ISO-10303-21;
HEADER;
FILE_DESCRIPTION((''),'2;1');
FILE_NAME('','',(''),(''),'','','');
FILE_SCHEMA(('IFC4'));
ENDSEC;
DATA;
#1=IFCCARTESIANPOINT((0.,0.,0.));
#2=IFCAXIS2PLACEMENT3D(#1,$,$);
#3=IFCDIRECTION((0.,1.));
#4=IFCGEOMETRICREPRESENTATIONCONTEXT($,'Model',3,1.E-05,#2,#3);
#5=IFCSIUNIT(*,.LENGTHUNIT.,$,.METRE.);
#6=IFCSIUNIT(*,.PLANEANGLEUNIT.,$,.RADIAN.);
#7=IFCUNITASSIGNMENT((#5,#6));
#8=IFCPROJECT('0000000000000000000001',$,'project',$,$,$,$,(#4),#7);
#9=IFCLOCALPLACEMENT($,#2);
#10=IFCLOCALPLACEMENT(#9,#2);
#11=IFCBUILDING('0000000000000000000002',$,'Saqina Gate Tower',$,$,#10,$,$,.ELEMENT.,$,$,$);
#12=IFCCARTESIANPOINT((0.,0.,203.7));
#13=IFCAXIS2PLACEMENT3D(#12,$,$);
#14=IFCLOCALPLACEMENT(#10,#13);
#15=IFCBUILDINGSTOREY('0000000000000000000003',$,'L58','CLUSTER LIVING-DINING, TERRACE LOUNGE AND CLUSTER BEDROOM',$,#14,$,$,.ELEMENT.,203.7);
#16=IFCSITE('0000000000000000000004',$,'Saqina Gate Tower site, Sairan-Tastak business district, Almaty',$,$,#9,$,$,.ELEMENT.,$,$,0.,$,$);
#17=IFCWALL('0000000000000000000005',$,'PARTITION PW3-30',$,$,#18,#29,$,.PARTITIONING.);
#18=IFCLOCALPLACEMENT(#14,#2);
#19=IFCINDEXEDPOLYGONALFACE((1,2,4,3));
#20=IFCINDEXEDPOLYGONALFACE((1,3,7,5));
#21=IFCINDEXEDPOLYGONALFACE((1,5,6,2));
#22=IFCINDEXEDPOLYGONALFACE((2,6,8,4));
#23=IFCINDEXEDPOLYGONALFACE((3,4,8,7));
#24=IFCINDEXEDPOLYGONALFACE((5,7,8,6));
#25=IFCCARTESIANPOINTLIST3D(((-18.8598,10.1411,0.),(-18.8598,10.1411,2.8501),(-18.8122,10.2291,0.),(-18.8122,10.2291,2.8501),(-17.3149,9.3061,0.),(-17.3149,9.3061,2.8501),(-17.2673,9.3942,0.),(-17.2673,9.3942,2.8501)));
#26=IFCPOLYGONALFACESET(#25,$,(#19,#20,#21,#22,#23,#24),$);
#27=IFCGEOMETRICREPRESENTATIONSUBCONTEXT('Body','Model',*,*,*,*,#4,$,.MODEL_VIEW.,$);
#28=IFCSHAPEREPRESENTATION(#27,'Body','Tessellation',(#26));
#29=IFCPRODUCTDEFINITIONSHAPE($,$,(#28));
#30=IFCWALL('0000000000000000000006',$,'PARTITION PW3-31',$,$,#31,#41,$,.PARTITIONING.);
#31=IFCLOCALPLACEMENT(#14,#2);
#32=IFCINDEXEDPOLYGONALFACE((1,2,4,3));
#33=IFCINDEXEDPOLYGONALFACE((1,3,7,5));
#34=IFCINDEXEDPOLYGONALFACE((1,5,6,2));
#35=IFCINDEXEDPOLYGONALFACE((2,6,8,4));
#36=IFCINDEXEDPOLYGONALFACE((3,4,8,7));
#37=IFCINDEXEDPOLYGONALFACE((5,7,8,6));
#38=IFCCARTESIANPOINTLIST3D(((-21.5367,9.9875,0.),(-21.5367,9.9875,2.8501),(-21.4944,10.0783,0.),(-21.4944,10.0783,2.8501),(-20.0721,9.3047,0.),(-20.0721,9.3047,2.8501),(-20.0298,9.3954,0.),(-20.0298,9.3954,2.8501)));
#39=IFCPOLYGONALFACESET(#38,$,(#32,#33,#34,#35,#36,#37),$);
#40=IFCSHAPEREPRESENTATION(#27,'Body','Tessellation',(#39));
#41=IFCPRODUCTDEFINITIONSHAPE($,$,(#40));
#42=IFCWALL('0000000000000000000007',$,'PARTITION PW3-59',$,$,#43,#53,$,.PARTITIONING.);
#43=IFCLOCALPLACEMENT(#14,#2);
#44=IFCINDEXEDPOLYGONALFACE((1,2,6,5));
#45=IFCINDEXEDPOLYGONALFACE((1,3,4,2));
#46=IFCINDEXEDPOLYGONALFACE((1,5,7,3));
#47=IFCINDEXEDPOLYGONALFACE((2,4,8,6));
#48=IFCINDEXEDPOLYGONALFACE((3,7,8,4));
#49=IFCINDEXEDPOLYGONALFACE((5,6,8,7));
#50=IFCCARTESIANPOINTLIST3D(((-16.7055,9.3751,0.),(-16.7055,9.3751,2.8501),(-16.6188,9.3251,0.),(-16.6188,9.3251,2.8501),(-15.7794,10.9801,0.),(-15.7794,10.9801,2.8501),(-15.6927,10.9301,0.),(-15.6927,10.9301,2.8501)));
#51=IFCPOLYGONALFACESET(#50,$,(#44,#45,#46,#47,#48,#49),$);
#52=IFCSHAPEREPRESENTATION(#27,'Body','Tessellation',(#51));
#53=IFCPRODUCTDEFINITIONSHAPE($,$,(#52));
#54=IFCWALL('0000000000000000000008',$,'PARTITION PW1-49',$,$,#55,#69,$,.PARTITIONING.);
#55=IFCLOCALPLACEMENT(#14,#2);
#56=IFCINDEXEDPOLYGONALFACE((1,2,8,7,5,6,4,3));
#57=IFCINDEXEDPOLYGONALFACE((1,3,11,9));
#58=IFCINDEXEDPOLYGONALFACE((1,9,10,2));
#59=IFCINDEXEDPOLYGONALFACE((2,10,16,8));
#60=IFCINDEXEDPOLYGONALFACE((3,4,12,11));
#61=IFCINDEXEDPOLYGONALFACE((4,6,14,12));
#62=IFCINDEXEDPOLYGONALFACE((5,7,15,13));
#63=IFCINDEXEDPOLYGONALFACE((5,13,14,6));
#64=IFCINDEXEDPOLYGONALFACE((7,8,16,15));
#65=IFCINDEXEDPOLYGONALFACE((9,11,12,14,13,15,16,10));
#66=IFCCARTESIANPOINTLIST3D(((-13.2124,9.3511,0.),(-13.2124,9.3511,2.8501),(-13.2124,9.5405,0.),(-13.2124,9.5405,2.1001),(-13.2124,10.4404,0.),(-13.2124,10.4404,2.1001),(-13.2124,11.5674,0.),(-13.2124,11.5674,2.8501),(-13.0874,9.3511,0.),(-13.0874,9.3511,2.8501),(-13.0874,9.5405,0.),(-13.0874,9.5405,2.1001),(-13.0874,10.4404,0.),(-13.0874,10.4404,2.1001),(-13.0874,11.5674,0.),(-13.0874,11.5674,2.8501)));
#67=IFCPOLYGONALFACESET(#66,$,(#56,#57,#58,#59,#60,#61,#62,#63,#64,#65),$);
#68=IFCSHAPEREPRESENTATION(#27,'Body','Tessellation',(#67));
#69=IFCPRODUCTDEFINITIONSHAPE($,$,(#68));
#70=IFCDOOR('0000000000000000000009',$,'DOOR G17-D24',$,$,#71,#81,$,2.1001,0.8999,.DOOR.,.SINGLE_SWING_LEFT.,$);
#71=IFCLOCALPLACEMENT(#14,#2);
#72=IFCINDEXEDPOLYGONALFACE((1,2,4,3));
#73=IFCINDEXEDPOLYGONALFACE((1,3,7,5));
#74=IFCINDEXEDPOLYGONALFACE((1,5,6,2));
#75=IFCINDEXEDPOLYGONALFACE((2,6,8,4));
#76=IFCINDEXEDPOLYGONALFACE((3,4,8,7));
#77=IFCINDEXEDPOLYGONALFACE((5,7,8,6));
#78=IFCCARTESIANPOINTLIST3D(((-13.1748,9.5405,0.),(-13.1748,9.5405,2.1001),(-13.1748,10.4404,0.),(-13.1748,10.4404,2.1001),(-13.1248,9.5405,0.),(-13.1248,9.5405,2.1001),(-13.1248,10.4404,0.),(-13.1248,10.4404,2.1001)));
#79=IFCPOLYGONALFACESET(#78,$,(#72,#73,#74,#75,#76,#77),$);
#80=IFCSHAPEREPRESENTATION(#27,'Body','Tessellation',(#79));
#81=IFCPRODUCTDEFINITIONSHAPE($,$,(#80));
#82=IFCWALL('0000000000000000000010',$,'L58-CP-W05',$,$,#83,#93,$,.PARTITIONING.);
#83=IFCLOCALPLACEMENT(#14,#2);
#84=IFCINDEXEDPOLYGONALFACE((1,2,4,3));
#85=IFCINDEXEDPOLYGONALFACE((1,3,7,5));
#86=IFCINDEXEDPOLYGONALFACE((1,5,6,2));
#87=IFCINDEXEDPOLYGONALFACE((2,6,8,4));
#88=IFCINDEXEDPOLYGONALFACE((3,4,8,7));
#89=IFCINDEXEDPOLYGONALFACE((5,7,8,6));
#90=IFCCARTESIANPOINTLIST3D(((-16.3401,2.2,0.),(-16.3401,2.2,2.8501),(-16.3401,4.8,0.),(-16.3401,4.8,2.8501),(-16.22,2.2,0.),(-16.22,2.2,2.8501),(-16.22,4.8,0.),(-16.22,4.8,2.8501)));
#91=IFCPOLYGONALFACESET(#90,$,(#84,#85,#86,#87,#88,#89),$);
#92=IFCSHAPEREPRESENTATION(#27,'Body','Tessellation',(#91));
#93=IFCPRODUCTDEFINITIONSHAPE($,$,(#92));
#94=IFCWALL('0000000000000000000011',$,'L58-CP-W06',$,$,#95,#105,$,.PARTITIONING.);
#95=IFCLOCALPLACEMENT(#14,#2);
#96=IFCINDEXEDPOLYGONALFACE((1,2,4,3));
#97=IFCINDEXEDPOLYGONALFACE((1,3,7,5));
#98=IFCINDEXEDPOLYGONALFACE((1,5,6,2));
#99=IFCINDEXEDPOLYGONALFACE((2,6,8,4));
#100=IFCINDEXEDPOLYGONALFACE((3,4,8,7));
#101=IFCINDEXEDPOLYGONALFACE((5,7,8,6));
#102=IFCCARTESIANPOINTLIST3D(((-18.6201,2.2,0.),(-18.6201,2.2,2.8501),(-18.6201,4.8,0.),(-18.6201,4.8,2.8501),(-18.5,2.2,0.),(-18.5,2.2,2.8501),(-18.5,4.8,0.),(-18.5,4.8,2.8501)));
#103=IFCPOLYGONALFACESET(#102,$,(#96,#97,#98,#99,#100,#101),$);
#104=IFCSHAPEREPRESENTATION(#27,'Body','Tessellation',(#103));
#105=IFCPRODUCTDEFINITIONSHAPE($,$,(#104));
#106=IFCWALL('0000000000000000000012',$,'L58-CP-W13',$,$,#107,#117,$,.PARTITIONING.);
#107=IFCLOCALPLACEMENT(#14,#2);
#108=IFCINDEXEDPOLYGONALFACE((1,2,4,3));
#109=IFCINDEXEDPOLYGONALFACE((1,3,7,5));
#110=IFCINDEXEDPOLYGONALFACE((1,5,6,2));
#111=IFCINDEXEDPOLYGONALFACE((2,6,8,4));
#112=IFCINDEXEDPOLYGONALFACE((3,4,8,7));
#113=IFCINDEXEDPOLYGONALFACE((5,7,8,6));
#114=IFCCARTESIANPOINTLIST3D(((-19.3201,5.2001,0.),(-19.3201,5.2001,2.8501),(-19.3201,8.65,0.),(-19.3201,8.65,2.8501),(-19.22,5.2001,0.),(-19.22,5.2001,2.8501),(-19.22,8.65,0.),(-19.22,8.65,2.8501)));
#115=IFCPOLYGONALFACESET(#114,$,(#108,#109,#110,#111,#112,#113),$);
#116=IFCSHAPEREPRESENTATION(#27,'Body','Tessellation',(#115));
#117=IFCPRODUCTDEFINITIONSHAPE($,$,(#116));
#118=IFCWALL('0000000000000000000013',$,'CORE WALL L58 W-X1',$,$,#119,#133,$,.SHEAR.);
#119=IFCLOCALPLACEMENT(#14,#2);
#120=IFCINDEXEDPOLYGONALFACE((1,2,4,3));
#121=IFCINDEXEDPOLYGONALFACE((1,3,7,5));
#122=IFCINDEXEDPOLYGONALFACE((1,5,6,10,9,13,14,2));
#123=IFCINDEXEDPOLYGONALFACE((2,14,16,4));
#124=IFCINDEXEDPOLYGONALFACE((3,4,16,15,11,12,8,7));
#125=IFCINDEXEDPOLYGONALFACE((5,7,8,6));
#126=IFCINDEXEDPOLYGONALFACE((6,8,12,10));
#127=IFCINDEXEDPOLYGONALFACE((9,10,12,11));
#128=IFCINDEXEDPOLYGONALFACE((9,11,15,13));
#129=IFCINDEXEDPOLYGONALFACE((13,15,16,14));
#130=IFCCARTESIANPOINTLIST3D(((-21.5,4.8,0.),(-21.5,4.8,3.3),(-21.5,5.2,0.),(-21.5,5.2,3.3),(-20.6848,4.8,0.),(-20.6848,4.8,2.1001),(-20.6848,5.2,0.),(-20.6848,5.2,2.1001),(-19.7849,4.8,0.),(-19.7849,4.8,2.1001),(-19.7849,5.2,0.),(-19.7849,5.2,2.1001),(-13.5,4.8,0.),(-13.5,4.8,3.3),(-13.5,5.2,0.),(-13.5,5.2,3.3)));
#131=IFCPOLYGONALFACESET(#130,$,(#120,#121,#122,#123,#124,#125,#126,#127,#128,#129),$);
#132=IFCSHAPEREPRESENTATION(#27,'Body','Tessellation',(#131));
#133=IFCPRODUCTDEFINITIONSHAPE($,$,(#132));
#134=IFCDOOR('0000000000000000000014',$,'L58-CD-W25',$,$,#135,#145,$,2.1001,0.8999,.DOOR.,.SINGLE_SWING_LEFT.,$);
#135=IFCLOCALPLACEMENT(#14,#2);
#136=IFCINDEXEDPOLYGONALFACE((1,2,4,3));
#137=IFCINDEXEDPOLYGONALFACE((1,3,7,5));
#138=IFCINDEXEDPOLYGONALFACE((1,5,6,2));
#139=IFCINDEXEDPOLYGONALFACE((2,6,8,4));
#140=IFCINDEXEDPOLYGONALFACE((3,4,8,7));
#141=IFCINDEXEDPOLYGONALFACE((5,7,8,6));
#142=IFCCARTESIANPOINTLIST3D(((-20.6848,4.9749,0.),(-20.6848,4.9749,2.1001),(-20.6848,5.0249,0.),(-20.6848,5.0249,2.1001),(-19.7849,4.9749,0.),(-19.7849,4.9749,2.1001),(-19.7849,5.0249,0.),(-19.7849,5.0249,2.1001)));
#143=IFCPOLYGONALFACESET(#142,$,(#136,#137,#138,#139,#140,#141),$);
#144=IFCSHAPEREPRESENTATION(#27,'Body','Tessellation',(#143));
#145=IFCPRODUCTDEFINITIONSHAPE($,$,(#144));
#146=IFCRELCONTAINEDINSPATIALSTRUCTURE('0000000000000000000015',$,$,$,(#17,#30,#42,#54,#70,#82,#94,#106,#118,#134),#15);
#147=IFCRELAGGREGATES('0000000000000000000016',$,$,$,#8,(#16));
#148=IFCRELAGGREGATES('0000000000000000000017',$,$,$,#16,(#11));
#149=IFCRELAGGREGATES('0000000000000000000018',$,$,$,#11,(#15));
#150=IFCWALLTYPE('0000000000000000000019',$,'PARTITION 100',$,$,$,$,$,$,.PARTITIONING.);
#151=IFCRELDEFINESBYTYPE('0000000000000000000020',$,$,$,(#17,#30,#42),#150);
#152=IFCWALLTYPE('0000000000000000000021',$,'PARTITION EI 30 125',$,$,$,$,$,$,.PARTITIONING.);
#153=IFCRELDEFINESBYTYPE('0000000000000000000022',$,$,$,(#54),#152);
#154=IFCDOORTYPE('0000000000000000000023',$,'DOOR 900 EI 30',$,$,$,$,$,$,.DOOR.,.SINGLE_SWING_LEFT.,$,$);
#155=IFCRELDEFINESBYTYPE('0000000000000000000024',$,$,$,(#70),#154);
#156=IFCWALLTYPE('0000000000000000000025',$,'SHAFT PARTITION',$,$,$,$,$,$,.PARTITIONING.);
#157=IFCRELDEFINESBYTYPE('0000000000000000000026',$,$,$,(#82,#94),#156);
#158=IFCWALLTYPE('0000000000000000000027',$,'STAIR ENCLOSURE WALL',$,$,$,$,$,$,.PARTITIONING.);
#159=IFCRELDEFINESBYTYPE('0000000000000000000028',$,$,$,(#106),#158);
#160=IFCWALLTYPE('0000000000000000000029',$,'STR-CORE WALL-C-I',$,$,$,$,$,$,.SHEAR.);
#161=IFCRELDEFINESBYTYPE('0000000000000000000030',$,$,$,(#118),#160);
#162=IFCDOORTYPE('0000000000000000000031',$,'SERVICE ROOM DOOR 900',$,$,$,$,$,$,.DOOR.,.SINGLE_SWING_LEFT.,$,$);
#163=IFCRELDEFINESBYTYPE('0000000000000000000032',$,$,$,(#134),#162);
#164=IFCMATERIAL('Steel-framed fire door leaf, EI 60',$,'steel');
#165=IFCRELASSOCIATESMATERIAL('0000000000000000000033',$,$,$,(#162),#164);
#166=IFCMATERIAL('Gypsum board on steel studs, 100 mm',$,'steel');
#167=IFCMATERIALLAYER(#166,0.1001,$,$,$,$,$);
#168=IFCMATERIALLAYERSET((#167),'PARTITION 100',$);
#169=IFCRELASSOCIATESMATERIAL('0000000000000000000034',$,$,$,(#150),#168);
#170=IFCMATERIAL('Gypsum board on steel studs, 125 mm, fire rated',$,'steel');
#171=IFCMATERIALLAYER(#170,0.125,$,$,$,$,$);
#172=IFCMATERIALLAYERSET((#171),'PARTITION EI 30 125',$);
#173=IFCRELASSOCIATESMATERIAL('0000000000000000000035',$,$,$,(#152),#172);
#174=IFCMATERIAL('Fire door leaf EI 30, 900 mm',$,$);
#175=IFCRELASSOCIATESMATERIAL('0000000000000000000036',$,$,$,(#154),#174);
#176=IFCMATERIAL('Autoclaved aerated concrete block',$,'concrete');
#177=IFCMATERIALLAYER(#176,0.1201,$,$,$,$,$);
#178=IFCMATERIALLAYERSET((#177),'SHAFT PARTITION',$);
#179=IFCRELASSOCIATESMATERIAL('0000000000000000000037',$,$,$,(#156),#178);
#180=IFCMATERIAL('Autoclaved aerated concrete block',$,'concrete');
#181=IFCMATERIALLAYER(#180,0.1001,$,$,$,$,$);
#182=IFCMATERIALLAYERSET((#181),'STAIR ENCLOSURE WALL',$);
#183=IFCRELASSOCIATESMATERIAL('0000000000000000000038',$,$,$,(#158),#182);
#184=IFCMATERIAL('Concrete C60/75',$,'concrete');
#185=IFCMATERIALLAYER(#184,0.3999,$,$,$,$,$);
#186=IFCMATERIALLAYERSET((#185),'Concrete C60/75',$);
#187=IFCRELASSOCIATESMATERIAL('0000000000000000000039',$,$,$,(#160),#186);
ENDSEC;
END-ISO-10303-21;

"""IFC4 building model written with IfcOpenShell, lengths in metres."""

from ifc_helpers import new_model, si_unit, direction, frame, frame_2d, origin, place, context, subcontext, project, spatial, rectangle, extrude, material, layer, layer_set, type_object, element, fill, save


model = new_model("IFC4")

# Units and contexts
model_context = context("Model", 3, precision=1e-05, world=origin(), true_north=direction((0.0, 1.0)))
body_context = subcontext(model_context, "Body", "Model", "MODEL_VIEW")
ifc_project = project(units=[si_unit("LENGTHUNIT", "METRE"), si_unit("PLANEANGLEUNIT", "RADIAN")], contexts=[model_context])

# Site, building, storey
site_placement = place(None, origin())
site = spatial("IfcSite", under=ifc_project, at=site_placement, Name="Saqina Gate Tower site, Sairan-Tastak business district, Almaty", CompositionType="ELEMENT", RefElevation=0.0)
building_placement = place(site_placement, origin())
building = spatial("IfcBuilding", under=site, at=building_placement, Name="Saqina Gate Tower", CompositionType="ELEMENT")
storey_placement = place(building_placement, frame((0.0, 0.0, 203.7)))
storey = spatial("IfcBuildingStorey", under=building, at=storey_placement, Name="L58", Description="CLUSTER LIVING-DINING, TERRACE LOUNGE AND CLUSTER BEDROOM", CompositionType="ELEMENT", Elevation=203.7)

# Shared definitions
ifc_material_1 = material(Name="Steel-framed fire door leaf, EI 60", Category="steel")
door_type_1 = type_object("IfcDoorType", Name="SERVICE ROOM DOOR 900", OperationType="SINGLE_SWING_LEFT", PredefinedType="DOOR", material=ifc_material_1)

# Walls
ifc_material_2 = material(Name="Gypsum board on steel studs, 100 mm", Category="steel")
ifc_layer_1 = layer(ifc_material_2, 0.1001)
ifc_layer_set_1 = layer_set([ifc_layer_1], Name="PARTITION 100")
wall_type_1 = type_object("IfcWallType", Name="PARTITION 100", PredefinedType="PARTITIONING", material=ifc_layer_set_1)
wall_1_placement = place(storey_placement, frame((-18.8359, 10.1851, 0.0), z_axis=(0.0, 0.0, 1.0), x_axis=(0.879738, -0.475459, 0.0)))
element("IfcWall", 1, at=wall_1_placement, inside=storey, type_object=wall_type_1, Name="PARTITION PW3-30", PredefinedType="PARTITIONING", context=body_context, shape_type="SweptSolid", body=[
    extrude(rectangle(XDim=1.7561, YDim=0.1001, at=frame_2d((0.8779, 0.0))), origin(), (0.0, 0.0, 1.0), 2.8501),
])
wall_2_placement = place(storey_placement, frame((-21.5156, 10.033, 0.0), z_axis=(0.0, 0.0, 1.0), x_axis=(0.90633, -0.422571, 0.0)))
element("IfcWall", 2, at=wall_2_placement, inside=storey, type_object=wall_type_1, Name="PARTITION PW3-31", PredefinedType="PARTITIONING", context=body_context, shape_type="SweptSolid", body=[
    extrude(rectangle(XDim=1.616, YDim=0.1001, at=frame_2d((0.8081, 0.0))), origin(), (0.0, 0.0, 1.0), 2.8501),
])
wall_3_placement = place(storey_placement, frame((-16.6621, 9.3501, 0.0), z_axis=(0.0, 0.0, 1.0), x_axis=(0.499753, 0.866168, 0.0)))
element("IfcWall", 3, at=wall_3_placement, inside=storey, type_object=wall_type_1, Name="PARTITION PW3-59", PredefinedType="PARTITIONING", context=body_context, shape_type="SweptSolid", body=[
    extrude(rectangle(XDim=1.853, YDim=0.1001, at=frame_2d((0.9265, 0.0))), origin(), (0.0, 0.0, 1.0), 2.8501),
])

# Wall, opening, door
ifc_material_3 = material(Name="Gypsum board on steel studs, 125 mm, fire rated", Category="steel")
ifc_layer_2 = layer(ifc_material_3, 0.125)
ifc_layer_set_2 = layer_set([ifc_layer_2], Name="PARTITION EI 30 125")
wall_type_2 = type_object("IfcWallType", Name="PARTITION EI 30 125", PredefinedType="PARTITIONING", material=ifc_layer_set_2)
wall_4_placement = place(storey_placement, frame((-13.1499, 9.3511, 0.0), z_axis=(0.0, 0.0, 1.0), x_axis=(0.0, 1.0, 0.0)))
wall_4 = element("IfcWall", 4, at=wall_4_placement, inside=storey, type_object=wall_type_2, Name="PARTITION PW1-49", PredefinedType="PARTITIONING", context=body_context, shape_type="SweptSolid", body=[
    extrude(rectangle(XDim=2.2163, YDim=0.125, at=frame_2d((1.1082, 0.0))), origin(), (0.0, 0.0, 1.0), 2.8501),
])
opening_1_placement = place(wall_4_placement, frame((0.1895, 0.0, 0.0)))
opening_1 = element("IfcOpeningElement", 5, at=opening_1_placement, cuts=wall_4, PredefinedType="OPENING", context=body_context, shape_type="SweptSolid", body=[
    extrude(rectangle(XDim=0.8999, YDim=2.1001, at=frame_2d((0.45, 1.05))), frame((0.0, 0.0745, 0.0), z_axis=(0.0, -1.0, 0.0), x_axis=(1.0, 0.0, 0.0)), (0.0, 0.0, 1.0), 0.1489),
])
ifc_material_4 = material(Name="Fire door leaf EI 30, 900 mm")
door_type_2 = type_object("IfcDoorType", Name="DOOR 900 EI 30", OperationType="SINGLE_SWING_LEFT", PredefinedType="DOOR", material=ifc_material_4)
door_1_placement = place(opening_1_placement, origin())
door_1 = element("IfcDoor", 6, at=door_1_placement, inside=storey, type_object=door_type_2, Name="DOOR G17-D24", OperationType="SINGLE_SWING_LEFT", OverallHeight=2.1001, OverallWidth=0.8999, PredefinedType="DOOR", context=body_context, shape_type="SweptSolid", body=[
    extrude(rectangle(XDim=0.8999, YDim=2.1001, at=frame_2d((0.45, 1.05))), frame((0.0, 0.0249, 0.0), z_axis=(0.0, -1.0, 0.0), x_axis=(1.0, 0.0, 0.0)), (0.0, 0.0, 1.0), 0.05),
])
fill(opening_1, door_1)

# Walls
ifc_material_5 = material(Name="Autoclaved aerated concrete block", Category="concrete")
ifc_layer_3 = layer(ifc_material_5, 0.1201)
ifc_layer_set_3 = layer_set([ifc_layer_3], Name="SHAFT PARTITION")
wall_type_3 = type_object("IfcWallType", Name="SHAFT PARTITION", PredefinedType="PARTITIONING", material=ifc_layer_set_3)
for number, where, z_axis, x_axis, name in (
    (7, (-16.28, 2.2, 0.0), (0.0, 0.0, 1.0), (0.0, 1.0, 0.0), "L58-CP-W05"),
    (8, (-18.5601, 2.2, 0.0), (0.0, 0.0, 1.0), (0.0, 1.0, 0.0), "L58-CP-W06"),
):
    element("IfcWall", number, at=place(storey_placement, frame(where, z_axis=z_axis, x_axis=x_axis)), inside=storey, type_object=wall_type_3, Name=name, PredefinedType="PARTITIONING", context=body_context, shape_type="SweptSolid", body=[
        extrude(rectangle(XDim=2.6001, YDim=0.1201, at=frame_2d((1.3, 0.0))), origin(), (0.0, 0.0, 1.0), 2.8501),
    ])
ifc_material_6 = material(Name="Autoclaved aerated concrete block", Category="concrete")
ifc_layer_4 = layer(ifc_material_6, 0.1001)
ifc_layer_set_4 = layer_set([ifc_layer_4], Name="STAIR ENCLOSURE WALL")
wall_type_4 = type_object("IfcWallType", Name="STAIR ENCLOSURE WALL", PredefinedType="PARTITIONING", material=ifc_layer_set_4)
wall_5_placement = place(storey_placement, frame((-19.27, 5.2, 0.0), z_axis=(0.0, 0.0, 1.0), x_axis=(0.0, 1.0, 0.0)))
element("IfcWall", 9, at=wall_5_placement, inside=storey, type_object=wall_type_4, Name="L58-CP-W13", PredefinedType="PARTITIONING", context=body_context, shape_type="SweptSolid", body=[
    extrude(rectangle(XDim=3.45, YDim=0.1001, at=frame_2d((1.7251, 0.0))), origin(), (0.0, 0.0, 1.0), 2.8501),
])

# Wall, opening, door
ifc_material_7 = material(Name="Concrete C60/75", Category="concrete")
ifc_layer_5 = layer(ifc_material_7, 0.3999)
ifc_layer_set_5 = layer_set([ifc_layer_5], Name="Concrete C60/75")
wall_type_5 = type_object("IfcWallType", Name="STR-CORE WALL-C-I", PredefinedType="SHEAR", material=ifc_layer_set_5)
wall_6_placement = place(storey_placement, frame((-13.5, 5.0, 0.0), z_axis=(0.0, 0.0, 1.0), x_axis=(-1.0, 0.0, 0.0)))
wall_6 = element("IfcWall", 10, at=wall_6_placement, inside=storey, type_object=wall_type_5, Name="CORE WALL L58 W-X1", PredefinedType="SHEAR", context=body_context, shape_type="SweptSolid", body=[
    extrude(rectangle(XDim=8.0, YDim=0.3999, at=frame_2d((4.0, 0.0))), origin(), (0.0, 0.0, 1.0), 3.3),
])
opening_2_placement = place(wall_6_placement, frame((6.2849, 0.0, 0.0)))
opening_2 = element("IfcOpeningElement", 11, at=opening_2_placement, cuts=wall_6, PredefinedType="OPENING", context=body_context, shape_type="SweptSolid", body=[
    extrude(rectangle(XDim=0.8999, YDim=2.1001, at=frame_2d((0.45, 1.05))), frame((0.0, 0.2119, 0.0), z_axis=(0.0, -1.0, 0.0), x_axis=(1.0, 0.0, 0.0)), (0.0, 0.0, 1.0), 0.4238),
])
door_2_placement = place(opening_2_placement, frame((0.8999, 0.0, 0.0), z_axis=(0.0, 0.0, 1.0), x_axis=(-1.0, 0.0, 0.0)))
door_2 = element("IfcDoor", 12, at=door_2_placement, inside=storey, type_object=door_type_1, Name="L58-CD-W25", OperationType="SINGLE_SWING_LEFT", OverallHeight=2.1001, OverallWidth=0.8999, PredefinedType="DOOR", context=body_context, shape_type="SweptSolid", body=[
    extrude(rectangle(XDim=0.8999, YDim=2.1001, at=frame_2d((0.45, 1.05))), frame((0.0, 0.0249, 0.0), z_axis=(0.0, -1.0, 0.0), x_axis=(1.0, 0.0, 0.0)), (0.0, 0.0, 1.0), 0.05),
])
fill(opening_2, door_2)

save(model, "model.ifc")
